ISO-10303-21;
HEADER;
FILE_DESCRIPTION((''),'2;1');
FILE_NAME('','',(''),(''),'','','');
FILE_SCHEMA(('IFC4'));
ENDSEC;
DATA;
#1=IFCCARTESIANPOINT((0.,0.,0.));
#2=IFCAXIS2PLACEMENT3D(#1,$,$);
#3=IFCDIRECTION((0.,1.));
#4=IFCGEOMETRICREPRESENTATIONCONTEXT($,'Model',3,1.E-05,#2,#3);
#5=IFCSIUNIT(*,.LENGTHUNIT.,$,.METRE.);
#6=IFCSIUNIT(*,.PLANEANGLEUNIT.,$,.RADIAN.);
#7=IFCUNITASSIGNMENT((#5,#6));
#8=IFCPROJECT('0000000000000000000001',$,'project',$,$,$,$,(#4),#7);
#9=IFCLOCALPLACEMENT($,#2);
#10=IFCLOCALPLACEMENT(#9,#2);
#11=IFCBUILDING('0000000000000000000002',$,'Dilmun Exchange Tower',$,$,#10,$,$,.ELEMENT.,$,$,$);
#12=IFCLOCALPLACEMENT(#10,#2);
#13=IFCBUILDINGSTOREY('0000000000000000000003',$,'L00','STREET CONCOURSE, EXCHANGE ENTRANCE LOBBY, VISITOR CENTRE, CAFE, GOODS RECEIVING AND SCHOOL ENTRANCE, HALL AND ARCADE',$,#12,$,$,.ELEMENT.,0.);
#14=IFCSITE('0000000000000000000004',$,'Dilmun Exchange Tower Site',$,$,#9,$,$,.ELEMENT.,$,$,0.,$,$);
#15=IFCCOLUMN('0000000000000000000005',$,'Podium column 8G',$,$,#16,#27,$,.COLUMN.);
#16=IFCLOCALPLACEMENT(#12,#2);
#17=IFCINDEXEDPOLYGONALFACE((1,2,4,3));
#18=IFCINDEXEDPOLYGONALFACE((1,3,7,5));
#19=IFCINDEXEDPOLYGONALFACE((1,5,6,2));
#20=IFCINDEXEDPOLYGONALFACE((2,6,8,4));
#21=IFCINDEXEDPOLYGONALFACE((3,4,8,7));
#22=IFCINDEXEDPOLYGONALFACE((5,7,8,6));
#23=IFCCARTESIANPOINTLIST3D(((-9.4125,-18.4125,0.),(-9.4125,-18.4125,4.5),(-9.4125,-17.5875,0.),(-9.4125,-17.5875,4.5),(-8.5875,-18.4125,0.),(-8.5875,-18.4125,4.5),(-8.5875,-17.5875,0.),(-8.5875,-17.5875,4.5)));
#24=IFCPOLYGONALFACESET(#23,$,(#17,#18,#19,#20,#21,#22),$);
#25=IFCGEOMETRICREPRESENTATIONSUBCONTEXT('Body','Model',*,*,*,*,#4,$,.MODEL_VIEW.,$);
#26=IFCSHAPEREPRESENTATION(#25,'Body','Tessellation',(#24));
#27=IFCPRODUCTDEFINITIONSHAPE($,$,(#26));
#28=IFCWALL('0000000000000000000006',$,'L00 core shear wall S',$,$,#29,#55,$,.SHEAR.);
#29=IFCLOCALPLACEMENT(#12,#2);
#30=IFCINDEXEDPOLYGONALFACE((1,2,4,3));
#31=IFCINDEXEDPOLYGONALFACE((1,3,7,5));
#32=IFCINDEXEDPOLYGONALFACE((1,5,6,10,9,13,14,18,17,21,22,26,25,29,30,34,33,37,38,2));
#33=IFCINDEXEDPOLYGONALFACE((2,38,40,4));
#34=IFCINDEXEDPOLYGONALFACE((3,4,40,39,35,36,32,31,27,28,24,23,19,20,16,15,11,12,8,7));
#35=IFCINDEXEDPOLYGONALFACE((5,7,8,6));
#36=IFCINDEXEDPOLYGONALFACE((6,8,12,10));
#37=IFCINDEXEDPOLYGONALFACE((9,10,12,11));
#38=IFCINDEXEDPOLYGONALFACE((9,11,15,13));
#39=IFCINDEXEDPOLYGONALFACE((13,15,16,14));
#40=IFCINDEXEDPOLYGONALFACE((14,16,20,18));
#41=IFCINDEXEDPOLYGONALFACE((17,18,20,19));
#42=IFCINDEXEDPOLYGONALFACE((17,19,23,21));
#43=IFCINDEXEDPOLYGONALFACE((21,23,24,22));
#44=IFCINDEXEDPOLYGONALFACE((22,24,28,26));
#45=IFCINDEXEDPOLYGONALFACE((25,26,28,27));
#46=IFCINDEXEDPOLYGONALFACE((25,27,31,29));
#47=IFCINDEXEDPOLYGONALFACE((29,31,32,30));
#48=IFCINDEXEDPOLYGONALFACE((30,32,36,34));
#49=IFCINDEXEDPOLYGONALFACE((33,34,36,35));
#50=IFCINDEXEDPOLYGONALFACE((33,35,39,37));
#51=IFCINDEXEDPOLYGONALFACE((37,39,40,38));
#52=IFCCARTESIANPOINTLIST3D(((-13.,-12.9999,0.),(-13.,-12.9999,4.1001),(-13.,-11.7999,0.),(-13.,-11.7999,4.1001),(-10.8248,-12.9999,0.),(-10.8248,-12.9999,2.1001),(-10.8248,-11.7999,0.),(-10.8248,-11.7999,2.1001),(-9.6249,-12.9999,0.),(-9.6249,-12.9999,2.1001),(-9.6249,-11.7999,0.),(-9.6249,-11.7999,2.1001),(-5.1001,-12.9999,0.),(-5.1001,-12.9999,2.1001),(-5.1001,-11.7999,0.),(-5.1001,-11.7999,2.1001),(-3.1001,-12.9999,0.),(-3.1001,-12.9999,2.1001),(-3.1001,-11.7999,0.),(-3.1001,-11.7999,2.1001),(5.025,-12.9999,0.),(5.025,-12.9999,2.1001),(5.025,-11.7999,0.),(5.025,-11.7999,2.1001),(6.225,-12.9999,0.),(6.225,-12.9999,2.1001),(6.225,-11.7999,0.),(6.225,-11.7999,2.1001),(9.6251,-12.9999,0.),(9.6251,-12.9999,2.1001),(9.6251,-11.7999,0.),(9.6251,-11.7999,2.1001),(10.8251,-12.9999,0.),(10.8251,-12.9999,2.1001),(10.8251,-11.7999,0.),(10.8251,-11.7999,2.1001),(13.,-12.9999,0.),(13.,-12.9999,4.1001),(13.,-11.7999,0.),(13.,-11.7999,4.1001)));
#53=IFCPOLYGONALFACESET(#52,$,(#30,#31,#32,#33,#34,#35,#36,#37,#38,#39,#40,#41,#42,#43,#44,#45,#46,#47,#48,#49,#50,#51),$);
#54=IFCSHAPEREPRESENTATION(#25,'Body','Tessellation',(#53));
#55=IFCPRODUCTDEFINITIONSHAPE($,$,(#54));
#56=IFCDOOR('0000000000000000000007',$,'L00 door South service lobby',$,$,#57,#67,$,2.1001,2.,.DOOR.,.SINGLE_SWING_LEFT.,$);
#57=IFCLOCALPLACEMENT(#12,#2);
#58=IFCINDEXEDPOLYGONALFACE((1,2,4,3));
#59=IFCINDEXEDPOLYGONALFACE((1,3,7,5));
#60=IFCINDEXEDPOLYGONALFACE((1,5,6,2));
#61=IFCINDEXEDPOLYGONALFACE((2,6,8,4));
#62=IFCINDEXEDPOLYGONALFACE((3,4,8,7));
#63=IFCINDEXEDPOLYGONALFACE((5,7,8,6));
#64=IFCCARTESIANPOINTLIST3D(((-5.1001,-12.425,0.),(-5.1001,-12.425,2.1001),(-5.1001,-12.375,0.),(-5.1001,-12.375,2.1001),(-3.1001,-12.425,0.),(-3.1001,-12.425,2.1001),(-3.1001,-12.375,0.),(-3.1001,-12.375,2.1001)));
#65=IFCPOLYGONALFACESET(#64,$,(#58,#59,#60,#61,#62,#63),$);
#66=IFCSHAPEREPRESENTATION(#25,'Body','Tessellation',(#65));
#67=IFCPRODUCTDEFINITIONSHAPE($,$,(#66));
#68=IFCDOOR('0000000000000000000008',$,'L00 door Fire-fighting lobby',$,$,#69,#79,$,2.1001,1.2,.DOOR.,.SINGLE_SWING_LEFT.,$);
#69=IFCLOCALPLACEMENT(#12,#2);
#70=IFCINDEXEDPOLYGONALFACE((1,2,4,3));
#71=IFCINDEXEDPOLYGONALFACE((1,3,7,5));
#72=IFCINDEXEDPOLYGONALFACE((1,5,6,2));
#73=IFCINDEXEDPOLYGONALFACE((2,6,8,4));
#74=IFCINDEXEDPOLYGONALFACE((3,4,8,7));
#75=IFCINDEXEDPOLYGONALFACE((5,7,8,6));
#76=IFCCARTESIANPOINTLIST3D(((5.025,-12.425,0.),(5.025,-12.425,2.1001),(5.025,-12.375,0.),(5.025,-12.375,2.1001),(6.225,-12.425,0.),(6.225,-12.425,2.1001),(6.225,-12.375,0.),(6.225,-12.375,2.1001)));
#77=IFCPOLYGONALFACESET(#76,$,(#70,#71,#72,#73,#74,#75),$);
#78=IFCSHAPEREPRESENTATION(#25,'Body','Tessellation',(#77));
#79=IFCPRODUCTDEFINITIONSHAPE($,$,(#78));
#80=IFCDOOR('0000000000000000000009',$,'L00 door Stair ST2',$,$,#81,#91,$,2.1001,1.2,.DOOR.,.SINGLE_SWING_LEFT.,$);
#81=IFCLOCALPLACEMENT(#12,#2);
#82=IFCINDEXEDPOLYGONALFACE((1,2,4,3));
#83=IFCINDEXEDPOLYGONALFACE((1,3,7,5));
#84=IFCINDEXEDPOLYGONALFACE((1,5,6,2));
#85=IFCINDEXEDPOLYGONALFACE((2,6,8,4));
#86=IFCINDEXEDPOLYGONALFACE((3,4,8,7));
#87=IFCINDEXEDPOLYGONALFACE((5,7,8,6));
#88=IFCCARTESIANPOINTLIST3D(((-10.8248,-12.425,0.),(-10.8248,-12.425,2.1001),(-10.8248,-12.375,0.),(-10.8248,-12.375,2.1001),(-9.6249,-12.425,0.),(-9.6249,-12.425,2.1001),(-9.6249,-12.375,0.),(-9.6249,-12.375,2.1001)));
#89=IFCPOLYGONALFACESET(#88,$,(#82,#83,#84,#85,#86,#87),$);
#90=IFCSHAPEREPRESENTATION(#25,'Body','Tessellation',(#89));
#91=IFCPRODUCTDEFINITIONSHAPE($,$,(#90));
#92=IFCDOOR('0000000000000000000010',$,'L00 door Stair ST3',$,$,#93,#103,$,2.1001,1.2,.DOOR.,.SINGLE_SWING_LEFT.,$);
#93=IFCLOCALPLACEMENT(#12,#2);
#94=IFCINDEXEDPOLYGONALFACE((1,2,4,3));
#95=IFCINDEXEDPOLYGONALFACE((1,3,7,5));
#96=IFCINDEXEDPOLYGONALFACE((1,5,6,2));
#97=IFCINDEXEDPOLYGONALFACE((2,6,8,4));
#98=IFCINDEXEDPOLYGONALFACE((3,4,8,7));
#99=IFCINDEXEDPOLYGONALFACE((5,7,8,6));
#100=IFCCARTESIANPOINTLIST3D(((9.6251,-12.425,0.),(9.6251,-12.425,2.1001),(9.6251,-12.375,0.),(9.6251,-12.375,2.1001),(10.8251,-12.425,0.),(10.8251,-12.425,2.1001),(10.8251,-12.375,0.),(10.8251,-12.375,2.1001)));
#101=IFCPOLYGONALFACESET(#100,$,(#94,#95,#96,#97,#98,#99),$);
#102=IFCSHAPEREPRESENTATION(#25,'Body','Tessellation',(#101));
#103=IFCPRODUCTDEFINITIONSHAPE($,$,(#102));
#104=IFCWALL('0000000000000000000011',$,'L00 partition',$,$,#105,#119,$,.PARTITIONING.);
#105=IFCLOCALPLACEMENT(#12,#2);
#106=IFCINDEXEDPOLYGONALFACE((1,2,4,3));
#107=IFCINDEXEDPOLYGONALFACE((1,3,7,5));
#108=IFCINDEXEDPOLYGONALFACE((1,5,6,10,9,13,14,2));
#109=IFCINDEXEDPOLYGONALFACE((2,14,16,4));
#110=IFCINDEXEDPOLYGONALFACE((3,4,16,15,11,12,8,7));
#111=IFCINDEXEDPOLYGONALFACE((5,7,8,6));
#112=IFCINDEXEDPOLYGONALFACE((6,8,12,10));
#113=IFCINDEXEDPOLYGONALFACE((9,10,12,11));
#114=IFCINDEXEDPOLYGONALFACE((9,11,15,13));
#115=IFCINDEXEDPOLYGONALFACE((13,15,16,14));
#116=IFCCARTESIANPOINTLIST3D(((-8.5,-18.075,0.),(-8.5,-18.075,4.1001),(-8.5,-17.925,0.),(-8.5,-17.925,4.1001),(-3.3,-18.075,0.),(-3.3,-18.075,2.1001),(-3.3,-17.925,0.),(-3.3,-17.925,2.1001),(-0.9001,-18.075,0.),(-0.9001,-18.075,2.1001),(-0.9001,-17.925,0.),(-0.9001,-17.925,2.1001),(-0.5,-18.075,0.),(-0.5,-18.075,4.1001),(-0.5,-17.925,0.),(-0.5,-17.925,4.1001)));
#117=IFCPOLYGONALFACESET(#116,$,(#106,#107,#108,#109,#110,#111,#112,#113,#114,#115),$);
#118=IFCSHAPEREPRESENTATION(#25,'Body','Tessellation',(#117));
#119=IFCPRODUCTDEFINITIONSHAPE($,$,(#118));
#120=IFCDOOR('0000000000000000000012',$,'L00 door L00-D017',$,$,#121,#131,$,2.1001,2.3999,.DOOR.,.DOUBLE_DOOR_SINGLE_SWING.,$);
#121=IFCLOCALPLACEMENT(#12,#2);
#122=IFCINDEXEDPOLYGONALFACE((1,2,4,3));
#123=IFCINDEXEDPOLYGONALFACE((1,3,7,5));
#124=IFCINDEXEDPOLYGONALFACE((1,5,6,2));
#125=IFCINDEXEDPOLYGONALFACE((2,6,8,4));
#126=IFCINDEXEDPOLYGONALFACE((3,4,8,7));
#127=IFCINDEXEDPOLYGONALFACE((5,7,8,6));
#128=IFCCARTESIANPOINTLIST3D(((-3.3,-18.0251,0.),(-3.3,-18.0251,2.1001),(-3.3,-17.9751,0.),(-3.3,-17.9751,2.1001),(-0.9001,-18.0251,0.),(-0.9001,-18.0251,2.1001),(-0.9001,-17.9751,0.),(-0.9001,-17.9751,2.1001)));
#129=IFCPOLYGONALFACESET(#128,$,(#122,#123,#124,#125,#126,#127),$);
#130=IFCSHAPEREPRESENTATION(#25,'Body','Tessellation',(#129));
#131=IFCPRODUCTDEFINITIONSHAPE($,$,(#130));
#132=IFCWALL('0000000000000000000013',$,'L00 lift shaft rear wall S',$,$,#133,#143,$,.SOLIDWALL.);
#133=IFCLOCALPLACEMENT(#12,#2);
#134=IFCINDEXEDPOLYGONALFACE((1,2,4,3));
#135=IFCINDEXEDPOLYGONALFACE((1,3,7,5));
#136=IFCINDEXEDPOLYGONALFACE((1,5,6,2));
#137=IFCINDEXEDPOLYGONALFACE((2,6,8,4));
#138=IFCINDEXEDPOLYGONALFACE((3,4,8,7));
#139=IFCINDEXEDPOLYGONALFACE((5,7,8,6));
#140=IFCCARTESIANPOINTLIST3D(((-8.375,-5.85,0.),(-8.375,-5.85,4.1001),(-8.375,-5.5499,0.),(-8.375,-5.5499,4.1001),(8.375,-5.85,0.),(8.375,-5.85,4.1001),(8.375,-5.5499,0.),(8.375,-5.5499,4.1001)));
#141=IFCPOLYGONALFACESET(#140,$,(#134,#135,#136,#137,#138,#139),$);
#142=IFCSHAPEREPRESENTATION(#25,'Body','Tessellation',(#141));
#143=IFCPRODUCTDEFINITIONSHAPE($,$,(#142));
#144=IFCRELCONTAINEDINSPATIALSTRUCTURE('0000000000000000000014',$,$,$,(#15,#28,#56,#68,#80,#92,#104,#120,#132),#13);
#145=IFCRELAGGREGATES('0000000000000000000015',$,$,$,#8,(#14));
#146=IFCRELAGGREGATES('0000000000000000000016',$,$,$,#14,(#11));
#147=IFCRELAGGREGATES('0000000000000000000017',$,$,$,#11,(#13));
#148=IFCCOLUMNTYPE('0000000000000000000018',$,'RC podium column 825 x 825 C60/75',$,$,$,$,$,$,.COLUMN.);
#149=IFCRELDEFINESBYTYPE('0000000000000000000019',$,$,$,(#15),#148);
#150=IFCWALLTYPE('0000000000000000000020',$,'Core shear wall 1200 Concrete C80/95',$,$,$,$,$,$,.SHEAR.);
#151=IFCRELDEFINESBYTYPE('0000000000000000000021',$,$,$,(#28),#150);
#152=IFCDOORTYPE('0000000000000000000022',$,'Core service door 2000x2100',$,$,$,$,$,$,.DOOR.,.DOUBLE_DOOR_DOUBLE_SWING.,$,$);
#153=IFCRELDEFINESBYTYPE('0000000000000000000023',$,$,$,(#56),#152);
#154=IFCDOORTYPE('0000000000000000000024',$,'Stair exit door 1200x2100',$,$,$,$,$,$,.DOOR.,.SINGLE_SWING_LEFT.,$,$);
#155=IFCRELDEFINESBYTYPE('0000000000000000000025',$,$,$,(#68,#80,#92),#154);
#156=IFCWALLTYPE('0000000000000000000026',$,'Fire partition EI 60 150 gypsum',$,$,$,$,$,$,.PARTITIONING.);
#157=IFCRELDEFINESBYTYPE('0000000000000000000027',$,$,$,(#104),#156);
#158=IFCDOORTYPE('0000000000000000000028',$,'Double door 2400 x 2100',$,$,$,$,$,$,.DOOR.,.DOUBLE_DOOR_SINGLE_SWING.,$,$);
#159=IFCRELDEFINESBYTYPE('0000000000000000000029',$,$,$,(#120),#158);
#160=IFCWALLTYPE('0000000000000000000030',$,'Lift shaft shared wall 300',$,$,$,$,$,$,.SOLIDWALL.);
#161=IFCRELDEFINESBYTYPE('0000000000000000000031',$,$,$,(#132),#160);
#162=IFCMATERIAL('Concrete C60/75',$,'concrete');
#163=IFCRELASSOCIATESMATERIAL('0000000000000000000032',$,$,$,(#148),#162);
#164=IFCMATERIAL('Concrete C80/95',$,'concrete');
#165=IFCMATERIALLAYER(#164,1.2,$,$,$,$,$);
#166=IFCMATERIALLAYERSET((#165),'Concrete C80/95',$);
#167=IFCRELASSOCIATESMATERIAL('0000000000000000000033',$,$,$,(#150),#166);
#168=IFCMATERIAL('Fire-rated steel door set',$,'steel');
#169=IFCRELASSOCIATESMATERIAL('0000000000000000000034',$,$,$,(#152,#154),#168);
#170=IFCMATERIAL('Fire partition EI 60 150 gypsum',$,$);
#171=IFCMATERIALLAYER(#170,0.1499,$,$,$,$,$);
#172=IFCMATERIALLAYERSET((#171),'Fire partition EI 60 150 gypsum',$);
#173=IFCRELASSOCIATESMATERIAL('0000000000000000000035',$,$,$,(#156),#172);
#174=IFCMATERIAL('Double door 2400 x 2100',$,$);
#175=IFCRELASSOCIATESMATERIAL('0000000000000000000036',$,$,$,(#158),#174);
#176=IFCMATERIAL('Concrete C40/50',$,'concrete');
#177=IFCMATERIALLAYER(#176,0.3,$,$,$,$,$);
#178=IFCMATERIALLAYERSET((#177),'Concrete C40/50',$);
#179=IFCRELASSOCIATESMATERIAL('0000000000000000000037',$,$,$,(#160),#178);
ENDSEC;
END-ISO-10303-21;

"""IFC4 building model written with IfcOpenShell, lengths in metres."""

from ifc_helpers import new_model, si_unit, direction, frame, frame_2d, origin, origin_2d, place, context, subcontext, project, spatial, rectangle, extrude, material, layer, layer_set, material_profile, profile_set, type_object, element, fill, save


model = new_model("IFC4")

# Units and contexts
model_context = context("Model", 3, precision=1e-05, world=origin(), true_north=direction((0.0, 1.0)))
body_context = subcontext(model_context, "Body", "Model", "MODEL_VIEW")
ifc_project = project(units=[si_unit("LENGTHUNIT", "METRE"), si_unit("PLANEANGLEUNIT", "RADIAN")], contexts=[model_context])

# Site, building, storey
site_placement = place(None, origin())
site = spatial("IfcSite", under=ifc_project, at=site_placement, Name="Dilmun Exchange Tower Site", CompositionType="ELEMENT", RefElevation=0.0)
building_placement = place(site_placement, origin())
building = spatial("IfcBuilding", under=site, at=building_placement, Name="Dilmun Exchange Tower", CompositionType="ELEMENT")
storey_placement = place(building_placement, origin())
storey = spatial("IfcBuildingStorey", under=building, at=storey_placement, Name="L00", Description="STREET CONCOURSE, EXCHANGE ENTRANCE LOBBY, VISITOR CENTRE, CAFE, GOODS RECEIVING AND SCHOOL ENTRANCE, HALL AND ARCADE", CompositionType="ELEMENT", Elevation=0.0)

# Column
ifc_material_1 = material(Name="Concrete C60/75", Category="concrete")
ifc_material_profile = material_profile(ifc_material_1, rectangle(XDim=0.825, YDim=0.825, at=origin_2d()), Name="825 x 825")
ifc_profile_set = profile_set([ifc_material_profile], Name="Concrete C60/75")
column_type = type_object("IfcColumnType", Name="RC podium column 825 x 825 C60/75", PredefinedType="COLUMN", material=ifc_profile_set)
column_placement = place(storey_placement, frame((-9.0, -18.0, 0.0), z_axis=(0.0, 0.0, 1.0), x_axis=(1.0, 0.0, 0.0)))
element("IfcColumn", 1, at=column_placement, inside=storey, type_object=column_type, Name="Podium column 8G", PredefinedType="COLUMN", context=body_context, shape_type="SweptSolid", body=[
    extrude(rectangle(XDim=0.825, YDim=0.825, at=origin_2d()), origin(), (0.0, 0.0, 1.0), 4.5),
])

# Wall, openings, doors
ifc_material_2 = material(Name="Concrete C80/95", Category="concrete")
ifc_layer_1 = layer(ifc_material_2, 1.2)
ifc_layer_set_1 = layer_set([ifc_layer_1], Name="Concrete C80/95")
wall_type_1 = type_object("IfcWallType", Name="Core shear wall 1200 Concrete C80/95", PredefinedType="SHEAR", material=ifc_layer_set_1)
wall_1_placement = place(storey_placement, frame((-13.0, -12.3999, 0.0), z_axis=(0.0, 0.0, 1.0), x_axis=(1.0, 0.0, 0.0)))
wall_1 = element("IfcWall", 2, at=wall_1_placement, inside=storey, type_object=wall_type_1, Name="L00 core shear wall S", PredefinedType="SHEAR", context=body_context, shape_type="SweptSolid", body=[
    extrude(rectangle(XDim=26.0, YDim=1.2, at=frame_2d((13.0, 0.0))), origin(), (0.0, 0.0, 1.0), 4.1001),
])
opening_1_placement = place(wall_1_placement, frame((7.8999, 0.0, 0.0)))
opening_1 = element("IfcOpeningElement", 3, at=opening_1_placement, cuts=wall_1, PredefinedType="OPENING", context=body_context, shape_type="SweptSolid", body=[
    extrude(rectangle(XDim=2.0, YDim=2.1001, at=frame_2d((1.0, 1.05))), frame((0.0, 0.6099, 0.0), z_axis=(0.0, -1.0, 0.0), x_axis=(1.0, 0.0, 0.0)), (0.0, 0.0, 1.0), 1.22),
])
opening_2_placement = place(wall_1_placement, frame((18.0249, 0.0, 0.0)))
opening_2 = element("IfcOpeningElement", 4, at=opening_2_placement, cuts=wall_1, PredefinedType="OPENING", context=body_context, shape_type="SweptSolid", body=[
    extrude(rectangle(XDim=1.2, YDim=2.1001, at=frame_2d((0.6001, 1.05))), frame((0.0, 0.6099, 0.0), z_axis=(0.0, -1.0, 0.0), x_axis=(1.0, 0.0, 0.0)), (0.0, 0.0, 1.0), 1.22),
])
opening_3_placement = place(wall_1_placement, frame((2.175, 0.0, 0.0)))
opening_3 = element("IfcOpeningElement", 5, at=opening_3_placement, cuts=wall_1, PredefinedType="OPENING", context=body_context, shape_type="SweptSolid", body=[
    extrude(rectangle(XDim=1.2, YDim=2.1001, at=frame_2d((0.6001, 1.05))), frame((0.0, 0.6099, 0.0), z_axis=(0.0, -1.0, 0.0), x_axis=(1.0, 0.0, 0.0)), (0.0, 0.0, 1.0), 1.22),
])
opening_4_placement = place(wall_1_placement, frame((22.625, 0.0, 0.0)))
opening_4 = element("IfcOpeningElement", 6, at=opening_4_placement, cuts=wall_1, PredefinedType="OPENING", context=body_context, shape_type="SweptSolid", body=[
    extrude(rectangle(XDim=1.2, YDim=2.1001, at=frame_2d((0.6001, 1.05))), frame((0.0, 0.6099, 0.0), z_axis=(0.0, -1.0, 0.0), x_axis=(1.0, 0.0, 0.0)), (0.0, 0.0, 1.0), 1.22),
])
ifc_material_3 = material(Name="Fire-rated steel door set", Category="steel")
door_type_1 = type_object("IfcDoorType", Name="Core service door 2000x2100", OperationType="DOUBLE_DOOR_DOUBLE_SWING", PredefinedType="DOOR", material=ifc_material_3)
door_1_placement = place(opening_1_placement, origin())
door_1 = element("IfcDoor", 7, at=door_1_placement, inside=storey, type_object=door_type_1, Name="L00 door South service lobby", OperationType="SINGLE_SWING_LEFT", OverallHeight=2.1001, OverallWidth=2.0, PredefinedType="DOOR", context=body_context, shape_type="SweptSolid", body=[
    extrude(rectangle(XDim=2.0, YDim=2.1001, at=frame_2d((1.0, 1.05))), frame((0.0, 0.0249, 0.0), z_axis=(0.0, -1.0, 0.0), x_axis=(1.0, 0.0, 0.0)), (0.0, 0.0, 1.0), 0.05),
])
fill(opening_1, door_1)
door_type_2 = type_object("IfcDoorType", Name="Stair exit door 1200x2100", OperationType="SINGLE_SWING_LEFT", PredefinedType="DOOR", material=ifc_material_3)
door_2_placement = place(opening_2_placement, origin())
door_2 = element("IfcDoor", 8, at=door_2_placement, inside=storey, type_object=door_type_2, Name="L00 door Fire-fighting lobby", OperationType="SINGLE_SWING_LEFT", OverallHeight=2.1001, OverallWidth=1.2, PredefinedType="DOOR", context=body_context, shape_type="SweptSolid", body=[
    extrude(rectangle(XDim=1.2, YDim=2.1001, at=frame_2d((0.6001, 1.05))), frame((0.0, 0.0249, 0.0), z_axis=(0.0, -1.0, 0.0), x_axis=(1.0, 0.0, 0.0)), (0.0, 0.0, 1.0), 0.05),
])
fill(opening_2, door_2)
door_3_placement = place(opening_3_placement, origin())
door_3 = element("IfcDoor", 9, at=door_3_placement, inside=storey, type_object=door_type_2, Name="L00 door Stair ST2", OperationType="SINGLE_SWING_LEFT", OverallHeight=2.1001, OverallWidth=1.2, PredefinedType="DOOR", context=body_context, shape_type="SweptSolid", body=[
    extrude(rectangle(XDim=1.2, YDim=2.1001, at=frame_2d((0.6001, 1.05))), frame((0.0, 0.0249, 0.0), z_axis=(0.0, -1.0, 0.0), x_axis=(1.0, 0.0, 0.0)), (0.0, 0.0, 1.0), 0.05),
])
fill(opening_3, door_3)
door_4_placement = place(opening_4_placement, origin())
door_4 = element("IfcDoor", 10, at=door_4_placement, inside=storey, type_object=door_type_2, Name="L00 door Stair ST3", OperationType="SINGLE_SWING_LEFT", OverallHeight=2.1001, OverallWidth=1.2, PredefinedType="DOOR", context=body_context, shape_type="SweptSolid", body=[
    extrude(rectangle(XDim=1.2, YDim=2.1001, at=frame_2d((0.6001, 1.05))), frame((0.0, 0.0249, 0.0), z_axis=(0.0, -1.0, 0.0), x_axis=(1.0, 0.0, 0.0)), (0.0, 0.0, 1.0), 0.05),
])
fill(opening_4, door_4)

# Wall, opening, door
ifc_material_4 = material(Name="Fire partition EI 60 150 gypsum")
ifc_layer_2 = layer(ifc_material_4, 0.1499)
ifc_layer_set_2 = layer_set([ifc_layer_2], Name="Fire partition EI 60 150 gypsum")
wall_type_2 = type_object("IfcWallType", Name="Fire partition EI 60 150 gypsum", PredefinedType="PARTITIONING", material=ifc_layer_set_2)
wall_2_placement = place(storey_placement, frame((-8.5, -18.0, 0.0), z_axis=(0.0, 0.0, 1.0), x_axis=(1.0, 0.0, 0.0)))
wall_2 = element("IfcWall", 11, at=wall_2_placement, inside=storey, type_object=wall_type_2, Name="L00 partition", PredefinedType="PARTITIONING", context=body_context, shape_type="SweptSolid", body=[
    extrude(rectangle(XDim=8.0, YDim=0.1499, at=frame_2d((4.0, 0.0))), origin(), (0.0, 0.0, 1.0), 4.1001),
])
opening_5_placement = place(wall_2_placement, frame((5.2, 0.0, 0.0)))
opening_5 = element("IfcOpeningElement", 12, at=opening_5_placement, cuts=wall_2, PredefinedType="OPENING", context=body_context, shape_type="SweptSolid", body=[
    extrude(rectangle(XDim=2.3999, YDim=2.1001, at=frame_2d((1.2, 1.05))), frame((0.0, 0.085, 0.0), z_axis=(0.0, -1.0, 0.0), x_axis=(1.0, 0.0, 0.0)), (0.0, 0.0, 1.0), 0.1699),
])
ifc_material_5 = material(Name="Double door 2400 x 2100")
door_type_3 = type_object("IfcDoorType", Name="Double door 2400 x 2100", OperationType="DOUBLE_DOOR_SINGLE_SWING", PredefinedType="DOOR", material=ifc_material_5)
door_5_placement = place(opening_5_placement, origin())
door_5 = element("IfcDoor", 13, at=door_5_placement, inside=storey, type_object=door_type_3, Name="L00 door L00-D017", OperationType="DOUBLE_DOOR_SINGLE_SWING", OverallHeight=2.1001, OverallWidth=2.3999, PredefinedType="DOOR", context=body_context, shape_type="SweptSolid", body=[
    extrude(rectangle(XDim=2.3999, YDim=2.1001, at=frame_2d((1.2, 1.05))), frame((0.0, 0.0249, 0.0), z_axis=(0.0, -1.0, 0.0), x_axis=(1.0, 0.0, 0.0)), (0.0, 0.0, 1.0), 0.05),
])
fill(opening_5, door_5)

# Wall
ifc_material_6 = material(Name="Concrete C40/50", Category="concrete")
ifc_layer_3 = layer(ifc_material_6, 0.3)
ifc_layer_set_3 = layer_set([ifc_layer_3], Name="Concrete C40/50")
wall_type_3 = type_object("IfcWallType", Name="Lift shaft shared wall 300", PredefinedType="SOLIDWALL", material=ifc_layer_set_3)
wall_3_placement = place(storey_placement, frame((-8.375, -5.7, 0.0), z_axis=(0.0, 0.0, 1.0), x_axis=(1.0, 0.0, 0.0)))
element("IfcWall", 14, at=wall_3_placement, inside=storey, type_object=wall_type_3, Name="L00 lift shaft rear wall S", PredefinedType="SOLIDWALL", context=body_context, shape_type="SweptSolid", body=[
    extrude(rectangle(XDim=16.75, YDim=0.3, at=frame_2d((8.375, 0.0))), origin(), (0.0, 0.0, 1.0), 4.1001),
])

save(model, "model.ifc")
